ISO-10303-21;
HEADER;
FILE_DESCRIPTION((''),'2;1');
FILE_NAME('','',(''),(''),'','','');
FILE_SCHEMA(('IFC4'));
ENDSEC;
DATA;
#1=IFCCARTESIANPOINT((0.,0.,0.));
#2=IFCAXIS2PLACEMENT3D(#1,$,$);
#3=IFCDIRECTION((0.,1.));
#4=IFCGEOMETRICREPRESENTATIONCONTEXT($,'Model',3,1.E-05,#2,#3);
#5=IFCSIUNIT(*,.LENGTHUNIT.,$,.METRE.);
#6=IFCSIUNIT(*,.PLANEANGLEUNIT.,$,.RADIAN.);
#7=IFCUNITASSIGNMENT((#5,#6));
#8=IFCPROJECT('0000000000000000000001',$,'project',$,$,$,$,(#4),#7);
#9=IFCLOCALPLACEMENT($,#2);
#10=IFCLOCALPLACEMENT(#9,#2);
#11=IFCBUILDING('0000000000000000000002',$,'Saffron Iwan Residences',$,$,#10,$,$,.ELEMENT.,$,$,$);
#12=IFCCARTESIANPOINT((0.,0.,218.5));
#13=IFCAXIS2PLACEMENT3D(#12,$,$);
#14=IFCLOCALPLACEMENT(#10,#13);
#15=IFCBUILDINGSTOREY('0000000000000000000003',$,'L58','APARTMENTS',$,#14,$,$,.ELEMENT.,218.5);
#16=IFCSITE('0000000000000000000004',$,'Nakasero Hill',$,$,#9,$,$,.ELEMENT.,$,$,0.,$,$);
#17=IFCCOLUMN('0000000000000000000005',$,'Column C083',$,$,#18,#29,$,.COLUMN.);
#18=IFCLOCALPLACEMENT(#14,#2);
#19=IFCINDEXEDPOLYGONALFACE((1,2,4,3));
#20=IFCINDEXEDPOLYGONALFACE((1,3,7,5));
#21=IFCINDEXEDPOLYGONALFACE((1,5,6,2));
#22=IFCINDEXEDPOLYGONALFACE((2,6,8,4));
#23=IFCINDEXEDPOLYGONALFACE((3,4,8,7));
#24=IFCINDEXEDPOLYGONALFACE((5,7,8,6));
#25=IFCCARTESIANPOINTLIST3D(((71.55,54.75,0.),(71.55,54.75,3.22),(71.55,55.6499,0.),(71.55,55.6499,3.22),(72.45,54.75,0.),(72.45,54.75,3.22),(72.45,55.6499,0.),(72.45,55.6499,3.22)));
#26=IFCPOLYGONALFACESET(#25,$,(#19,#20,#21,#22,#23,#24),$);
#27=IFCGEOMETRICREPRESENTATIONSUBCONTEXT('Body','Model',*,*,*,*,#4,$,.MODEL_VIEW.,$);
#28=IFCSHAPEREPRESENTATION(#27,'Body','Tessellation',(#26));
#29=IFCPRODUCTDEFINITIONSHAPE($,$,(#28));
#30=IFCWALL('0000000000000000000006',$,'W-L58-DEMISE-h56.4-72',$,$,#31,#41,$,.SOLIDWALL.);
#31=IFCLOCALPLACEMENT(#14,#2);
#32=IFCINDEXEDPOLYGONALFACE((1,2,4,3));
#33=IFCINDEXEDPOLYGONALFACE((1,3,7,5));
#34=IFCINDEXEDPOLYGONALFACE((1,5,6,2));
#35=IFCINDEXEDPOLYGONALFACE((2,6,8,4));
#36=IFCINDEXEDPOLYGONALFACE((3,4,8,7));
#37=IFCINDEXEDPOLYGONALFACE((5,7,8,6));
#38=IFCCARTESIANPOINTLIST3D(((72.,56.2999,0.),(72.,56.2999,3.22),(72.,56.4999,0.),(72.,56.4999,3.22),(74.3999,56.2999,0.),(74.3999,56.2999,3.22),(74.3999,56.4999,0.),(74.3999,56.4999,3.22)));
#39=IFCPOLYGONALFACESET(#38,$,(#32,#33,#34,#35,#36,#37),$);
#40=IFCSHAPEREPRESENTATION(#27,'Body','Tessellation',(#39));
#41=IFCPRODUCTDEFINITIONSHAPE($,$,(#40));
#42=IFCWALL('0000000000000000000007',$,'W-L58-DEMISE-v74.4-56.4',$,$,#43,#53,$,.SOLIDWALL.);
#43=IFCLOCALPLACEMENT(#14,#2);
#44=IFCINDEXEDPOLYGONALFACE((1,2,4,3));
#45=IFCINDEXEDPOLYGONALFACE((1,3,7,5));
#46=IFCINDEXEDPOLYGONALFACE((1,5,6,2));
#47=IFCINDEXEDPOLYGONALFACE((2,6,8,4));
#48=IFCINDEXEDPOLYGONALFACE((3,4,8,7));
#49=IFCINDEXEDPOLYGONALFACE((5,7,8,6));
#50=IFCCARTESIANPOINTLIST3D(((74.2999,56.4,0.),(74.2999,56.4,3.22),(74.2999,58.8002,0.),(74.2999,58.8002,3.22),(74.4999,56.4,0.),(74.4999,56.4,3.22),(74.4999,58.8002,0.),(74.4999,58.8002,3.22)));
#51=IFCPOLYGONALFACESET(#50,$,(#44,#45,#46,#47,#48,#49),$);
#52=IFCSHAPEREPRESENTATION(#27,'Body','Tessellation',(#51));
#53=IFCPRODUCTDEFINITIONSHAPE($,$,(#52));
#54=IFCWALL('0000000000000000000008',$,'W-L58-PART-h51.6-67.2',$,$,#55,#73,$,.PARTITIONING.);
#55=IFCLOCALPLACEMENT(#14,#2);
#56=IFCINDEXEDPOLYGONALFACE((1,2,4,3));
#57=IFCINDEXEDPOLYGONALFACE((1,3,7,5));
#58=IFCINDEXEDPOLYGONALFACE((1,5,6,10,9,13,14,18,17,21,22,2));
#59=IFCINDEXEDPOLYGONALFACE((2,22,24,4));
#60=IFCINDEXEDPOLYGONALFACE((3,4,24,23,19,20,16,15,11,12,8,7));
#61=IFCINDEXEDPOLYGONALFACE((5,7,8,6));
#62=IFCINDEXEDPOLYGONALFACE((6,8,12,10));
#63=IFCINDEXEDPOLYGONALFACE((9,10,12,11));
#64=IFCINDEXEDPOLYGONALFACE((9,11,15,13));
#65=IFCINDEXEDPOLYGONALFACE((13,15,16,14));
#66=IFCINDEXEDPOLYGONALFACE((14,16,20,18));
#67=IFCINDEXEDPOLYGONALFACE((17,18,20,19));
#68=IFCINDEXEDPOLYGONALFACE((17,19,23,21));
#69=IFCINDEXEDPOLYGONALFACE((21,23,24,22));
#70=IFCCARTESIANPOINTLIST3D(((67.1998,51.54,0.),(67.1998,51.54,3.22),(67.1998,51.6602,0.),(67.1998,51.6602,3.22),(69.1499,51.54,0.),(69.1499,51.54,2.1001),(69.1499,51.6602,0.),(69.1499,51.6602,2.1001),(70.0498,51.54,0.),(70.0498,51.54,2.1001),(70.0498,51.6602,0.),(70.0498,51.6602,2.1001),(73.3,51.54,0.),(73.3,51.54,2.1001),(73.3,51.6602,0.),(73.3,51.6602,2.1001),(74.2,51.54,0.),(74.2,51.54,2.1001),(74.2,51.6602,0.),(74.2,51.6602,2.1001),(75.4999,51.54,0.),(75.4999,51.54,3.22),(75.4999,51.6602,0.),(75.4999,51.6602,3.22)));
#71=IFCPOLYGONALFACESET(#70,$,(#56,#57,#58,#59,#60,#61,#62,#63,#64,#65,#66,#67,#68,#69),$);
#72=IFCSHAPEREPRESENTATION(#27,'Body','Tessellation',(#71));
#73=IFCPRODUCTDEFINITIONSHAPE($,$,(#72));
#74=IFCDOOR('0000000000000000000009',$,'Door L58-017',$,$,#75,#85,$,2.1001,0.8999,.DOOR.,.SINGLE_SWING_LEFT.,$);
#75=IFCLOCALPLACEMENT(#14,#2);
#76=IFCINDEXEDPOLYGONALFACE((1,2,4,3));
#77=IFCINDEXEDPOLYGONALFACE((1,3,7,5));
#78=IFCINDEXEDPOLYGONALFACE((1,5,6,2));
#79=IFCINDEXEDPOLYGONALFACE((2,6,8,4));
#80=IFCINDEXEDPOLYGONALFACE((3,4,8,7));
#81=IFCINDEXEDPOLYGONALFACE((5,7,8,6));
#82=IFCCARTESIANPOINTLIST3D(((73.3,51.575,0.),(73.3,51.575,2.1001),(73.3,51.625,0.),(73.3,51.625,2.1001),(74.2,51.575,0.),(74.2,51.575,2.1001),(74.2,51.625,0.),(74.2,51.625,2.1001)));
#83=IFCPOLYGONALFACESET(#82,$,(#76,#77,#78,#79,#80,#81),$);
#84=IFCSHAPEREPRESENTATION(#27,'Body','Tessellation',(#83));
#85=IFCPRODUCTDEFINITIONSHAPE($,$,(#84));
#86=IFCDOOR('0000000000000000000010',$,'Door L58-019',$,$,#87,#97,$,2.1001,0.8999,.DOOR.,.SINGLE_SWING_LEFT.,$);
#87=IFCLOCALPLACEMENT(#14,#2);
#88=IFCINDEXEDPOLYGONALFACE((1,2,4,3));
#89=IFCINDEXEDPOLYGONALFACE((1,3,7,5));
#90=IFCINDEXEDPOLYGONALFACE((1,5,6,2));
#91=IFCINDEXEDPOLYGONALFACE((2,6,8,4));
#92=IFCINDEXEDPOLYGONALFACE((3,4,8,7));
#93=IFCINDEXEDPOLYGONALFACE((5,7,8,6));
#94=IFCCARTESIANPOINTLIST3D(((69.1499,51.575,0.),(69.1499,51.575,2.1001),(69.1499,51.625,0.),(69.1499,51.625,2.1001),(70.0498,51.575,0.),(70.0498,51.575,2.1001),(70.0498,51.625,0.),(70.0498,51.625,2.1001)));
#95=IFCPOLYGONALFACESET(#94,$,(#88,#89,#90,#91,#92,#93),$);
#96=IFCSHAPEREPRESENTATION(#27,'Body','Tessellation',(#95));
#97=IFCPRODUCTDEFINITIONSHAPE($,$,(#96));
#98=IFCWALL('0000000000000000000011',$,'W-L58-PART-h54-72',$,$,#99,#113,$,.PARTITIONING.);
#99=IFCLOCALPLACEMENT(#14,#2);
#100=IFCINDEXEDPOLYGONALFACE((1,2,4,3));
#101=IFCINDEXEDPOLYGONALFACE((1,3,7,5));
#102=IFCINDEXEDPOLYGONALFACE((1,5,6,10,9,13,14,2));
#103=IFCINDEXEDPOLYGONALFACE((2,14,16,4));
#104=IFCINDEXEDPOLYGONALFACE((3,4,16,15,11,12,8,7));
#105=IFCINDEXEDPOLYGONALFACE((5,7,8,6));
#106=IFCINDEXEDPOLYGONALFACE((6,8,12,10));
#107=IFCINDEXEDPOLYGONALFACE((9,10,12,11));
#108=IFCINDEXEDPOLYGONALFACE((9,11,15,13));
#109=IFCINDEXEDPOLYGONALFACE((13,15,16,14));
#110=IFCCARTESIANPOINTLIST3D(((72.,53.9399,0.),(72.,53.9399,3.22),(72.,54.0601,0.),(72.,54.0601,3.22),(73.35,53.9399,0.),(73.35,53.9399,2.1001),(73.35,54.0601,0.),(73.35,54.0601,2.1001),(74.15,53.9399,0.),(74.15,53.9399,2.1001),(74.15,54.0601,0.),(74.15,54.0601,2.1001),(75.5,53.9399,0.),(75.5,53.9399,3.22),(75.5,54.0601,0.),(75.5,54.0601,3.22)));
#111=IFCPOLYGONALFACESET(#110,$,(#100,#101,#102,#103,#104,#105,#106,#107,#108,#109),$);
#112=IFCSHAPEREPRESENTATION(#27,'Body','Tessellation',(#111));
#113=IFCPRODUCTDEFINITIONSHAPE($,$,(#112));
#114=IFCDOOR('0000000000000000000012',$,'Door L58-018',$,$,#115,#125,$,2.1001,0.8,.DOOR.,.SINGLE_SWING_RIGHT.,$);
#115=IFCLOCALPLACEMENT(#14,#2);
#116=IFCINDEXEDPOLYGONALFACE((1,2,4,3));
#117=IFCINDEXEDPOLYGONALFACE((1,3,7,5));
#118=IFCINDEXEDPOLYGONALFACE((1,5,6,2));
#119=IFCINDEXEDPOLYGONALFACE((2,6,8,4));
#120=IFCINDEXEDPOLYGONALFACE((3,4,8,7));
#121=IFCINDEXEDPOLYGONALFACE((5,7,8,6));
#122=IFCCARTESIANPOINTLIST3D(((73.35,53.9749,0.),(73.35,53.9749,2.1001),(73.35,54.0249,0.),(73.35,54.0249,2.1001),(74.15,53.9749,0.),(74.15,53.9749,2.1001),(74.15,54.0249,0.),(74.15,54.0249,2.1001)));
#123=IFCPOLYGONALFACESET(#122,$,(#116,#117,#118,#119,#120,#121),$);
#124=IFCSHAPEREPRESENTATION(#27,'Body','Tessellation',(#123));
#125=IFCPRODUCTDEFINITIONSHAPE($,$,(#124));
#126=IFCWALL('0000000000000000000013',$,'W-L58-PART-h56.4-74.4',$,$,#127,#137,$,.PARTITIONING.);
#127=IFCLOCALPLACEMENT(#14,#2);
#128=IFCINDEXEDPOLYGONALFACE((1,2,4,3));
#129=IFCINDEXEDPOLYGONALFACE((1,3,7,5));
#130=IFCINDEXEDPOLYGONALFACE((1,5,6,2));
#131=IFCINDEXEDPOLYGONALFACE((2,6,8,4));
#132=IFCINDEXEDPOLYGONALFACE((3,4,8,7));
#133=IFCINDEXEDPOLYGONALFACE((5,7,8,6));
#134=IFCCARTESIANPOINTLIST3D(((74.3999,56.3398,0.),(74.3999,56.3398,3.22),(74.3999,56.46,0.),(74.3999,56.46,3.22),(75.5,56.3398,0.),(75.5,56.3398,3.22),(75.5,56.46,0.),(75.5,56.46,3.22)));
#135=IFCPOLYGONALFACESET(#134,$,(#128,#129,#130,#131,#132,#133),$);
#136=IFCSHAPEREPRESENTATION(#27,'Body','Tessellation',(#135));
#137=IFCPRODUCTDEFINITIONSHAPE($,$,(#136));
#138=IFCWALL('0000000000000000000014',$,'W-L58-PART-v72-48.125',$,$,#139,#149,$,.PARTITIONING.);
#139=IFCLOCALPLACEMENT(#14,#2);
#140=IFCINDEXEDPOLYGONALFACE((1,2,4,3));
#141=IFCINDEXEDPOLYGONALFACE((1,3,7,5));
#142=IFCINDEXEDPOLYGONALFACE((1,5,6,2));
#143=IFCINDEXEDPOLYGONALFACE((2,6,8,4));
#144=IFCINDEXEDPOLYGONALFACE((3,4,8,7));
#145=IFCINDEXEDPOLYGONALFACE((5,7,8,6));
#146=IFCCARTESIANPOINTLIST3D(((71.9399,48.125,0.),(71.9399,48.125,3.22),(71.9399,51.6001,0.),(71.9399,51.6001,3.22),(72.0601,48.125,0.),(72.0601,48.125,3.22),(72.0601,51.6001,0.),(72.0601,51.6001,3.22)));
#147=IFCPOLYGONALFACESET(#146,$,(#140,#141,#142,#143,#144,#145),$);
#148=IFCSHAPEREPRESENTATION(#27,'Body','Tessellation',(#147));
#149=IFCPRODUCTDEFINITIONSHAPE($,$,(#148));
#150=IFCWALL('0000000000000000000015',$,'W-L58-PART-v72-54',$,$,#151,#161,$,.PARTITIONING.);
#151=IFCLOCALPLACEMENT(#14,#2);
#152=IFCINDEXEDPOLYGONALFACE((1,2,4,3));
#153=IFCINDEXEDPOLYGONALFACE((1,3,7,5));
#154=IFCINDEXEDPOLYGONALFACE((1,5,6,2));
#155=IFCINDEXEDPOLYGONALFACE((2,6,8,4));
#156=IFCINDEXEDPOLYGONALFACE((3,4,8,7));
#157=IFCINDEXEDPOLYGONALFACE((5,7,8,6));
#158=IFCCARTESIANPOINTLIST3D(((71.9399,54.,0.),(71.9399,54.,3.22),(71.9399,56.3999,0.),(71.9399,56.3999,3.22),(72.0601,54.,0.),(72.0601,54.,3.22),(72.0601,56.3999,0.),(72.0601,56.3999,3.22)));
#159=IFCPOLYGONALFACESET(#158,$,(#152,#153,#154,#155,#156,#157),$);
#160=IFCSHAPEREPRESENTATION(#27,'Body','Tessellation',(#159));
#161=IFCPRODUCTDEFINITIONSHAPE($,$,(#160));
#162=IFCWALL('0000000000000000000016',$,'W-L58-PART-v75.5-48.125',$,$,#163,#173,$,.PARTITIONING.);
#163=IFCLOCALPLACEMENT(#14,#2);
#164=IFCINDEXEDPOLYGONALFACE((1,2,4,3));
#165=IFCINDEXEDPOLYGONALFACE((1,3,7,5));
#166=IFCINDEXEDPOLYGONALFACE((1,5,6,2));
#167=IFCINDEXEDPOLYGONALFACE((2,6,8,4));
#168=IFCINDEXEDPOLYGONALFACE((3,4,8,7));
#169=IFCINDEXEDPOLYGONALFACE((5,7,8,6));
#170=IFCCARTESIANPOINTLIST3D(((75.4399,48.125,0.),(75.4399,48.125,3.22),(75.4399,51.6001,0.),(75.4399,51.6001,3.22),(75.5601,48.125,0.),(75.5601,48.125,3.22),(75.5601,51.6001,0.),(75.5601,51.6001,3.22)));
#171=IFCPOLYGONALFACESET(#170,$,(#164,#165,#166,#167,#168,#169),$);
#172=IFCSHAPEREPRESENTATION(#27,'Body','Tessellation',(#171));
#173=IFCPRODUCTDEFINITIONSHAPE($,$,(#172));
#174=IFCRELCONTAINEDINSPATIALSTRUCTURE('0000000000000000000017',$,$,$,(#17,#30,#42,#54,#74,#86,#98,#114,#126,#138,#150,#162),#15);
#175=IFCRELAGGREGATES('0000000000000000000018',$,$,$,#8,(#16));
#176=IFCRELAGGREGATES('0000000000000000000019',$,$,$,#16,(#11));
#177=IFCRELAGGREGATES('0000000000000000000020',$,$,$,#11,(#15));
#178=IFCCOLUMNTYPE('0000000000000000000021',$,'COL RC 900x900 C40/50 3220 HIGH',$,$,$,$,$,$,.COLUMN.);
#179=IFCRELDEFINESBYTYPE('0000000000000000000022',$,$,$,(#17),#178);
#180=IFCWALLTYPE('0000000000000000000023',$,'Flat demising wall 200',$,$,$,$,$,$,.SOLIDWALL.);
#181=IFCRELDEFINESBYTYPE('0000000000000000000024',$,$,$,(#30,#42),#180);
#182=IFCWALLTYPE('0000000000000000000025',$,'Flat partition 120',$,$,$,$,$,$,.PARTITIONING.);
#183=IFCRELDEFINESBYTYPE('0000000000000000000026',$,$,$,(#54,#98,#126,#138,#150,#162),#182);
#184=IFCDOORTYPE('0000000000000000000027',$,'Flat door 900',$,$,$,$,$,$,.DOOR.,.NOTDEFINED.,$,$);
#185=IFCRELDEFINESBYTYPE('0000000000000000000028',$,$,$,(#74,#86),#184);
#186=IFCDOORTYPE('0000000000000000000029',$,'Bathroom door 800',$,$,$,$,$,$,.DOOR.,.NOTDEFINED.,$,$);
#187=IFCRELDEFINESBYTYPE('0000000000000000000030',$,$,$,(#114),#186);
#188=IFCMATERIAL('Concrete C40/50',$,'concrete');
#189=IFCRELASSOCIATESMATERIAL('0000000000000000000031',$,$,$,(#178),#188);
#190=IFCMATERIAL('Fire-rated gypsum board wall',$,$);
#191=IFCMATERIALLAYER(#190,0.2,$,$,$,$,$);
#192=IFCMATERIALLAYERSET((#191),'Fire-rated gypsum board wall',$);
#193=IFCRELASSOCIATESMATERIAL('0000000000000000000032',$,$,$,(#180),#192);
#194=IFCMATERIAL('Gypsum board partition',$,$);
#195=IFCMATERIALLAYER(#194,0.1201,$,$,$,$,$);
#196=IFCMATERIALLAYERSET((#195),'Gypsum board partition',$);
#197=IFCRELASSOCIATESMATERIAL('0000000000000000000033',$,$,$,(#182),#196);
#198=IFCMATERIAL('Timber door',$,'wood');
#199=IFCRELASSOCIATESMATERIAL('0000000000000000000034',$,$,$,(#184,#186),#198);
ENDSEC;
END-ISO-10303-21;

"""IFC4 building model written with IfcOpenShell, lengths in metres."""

from ifc_helpers import new_model, si_unit, direction, frame, frame_2d, origin, origin_2d, place, context, subcontext, project, spatial, rectangle, extrude, source, transform, mapped, material, layer, layer_set, material_profile, profile_set, type_object, element, fill, save


model = new_model("IFC4")

# Units and contexts
model_context = context("Model", 3, precision=1e-05, world=origin(), true_north=direction((0.0, 1.0)))
body_context = subcontext(model_context, "Body", "Model", "MODEL_VIEW")
ifc_project = project(units=[si_unit("LENGTHUNIT", "METRE"), si_unit("PLANEANGLEUNIT", "RADIAN")], contexts=[model_context])

# Site, building, storey
site_placement = place(None, origin())
site = spatial("IfcSite", under=ifc_project, at=site_placement, Name="Nakasero Hill", CompositionType="ELEMENT", RefElevation=0.0)
building_placement = place(site_placement, origin())
building = spatial("IfcBuilding", under=site, at=building_placement, Name="Saffron Iwan Residences", CompositionType="ELEMENT")
storey_placement = place(building_placement, frame((0.0, 0.0, 218.5)))
storey = spatial("IfcBuildingStorey", under=building, at=storey_placement, Name="L58", Description="APARTMENTS", CompositionType="ELEMENT", Elevation=218.5)

# Column
ifc_material_1 = material(Name="Concrete C40/50", Category="concrete")
ifc_material_profile = material_profile(ifc_material_1, rectangle(XDim=0.8999, YDim=0.8999, at=origin_2d()), Name="RC 900x900")
ifc_profile_set = profile_set([ifc_material_profile], Name="Concrete C40/50")
column_type = type_object("IfcColumnType", Name="COL RC 900x900 C40/50 3220 HIGH", PredefinedType="COLUMN", material=ifc_profile_set)
shared_shape = source(origin(), body_context, "Body", "SweptSolid", [
    extrude(rectangle(XDim=0.8999, YDim=0.8999, at=origin_2d()), origin(), (0.0, 0.0, 1.0), 3.22),
])
column_placement = place(storey_placement, frame((72.0, 55.2, 0.0), z_axis=(0.0, 0.0, 1.0), x_axis=(1.0, 0.0, 0.0)))
element("IfcColumn", 1, at=column_placement, inside=storey, type_object=column_type, Name="Column C083", PredefinedType="COLUMN", context=body_context, shape_type="MappedRepresentation", body=[
    mapped(shared_shape, transform((0.0, 0.0, 0.0))),
])

# Walls
ifc_material_2 = material(Name="Fire-rated gypsum board wall")
ifc_layer_1 = layer(ifc_material_2, 0.2)
ifc_layer_set_1 = layer_set([ifc_layer_1], Name="Fire-rated gypsum board wall")
wall_type_1 = type_object("IfcWallType", Name="Flat demising wall 200", PredefinedType="SOLIDWALL", material=ifc_layer_set_1)
wall_1_placement = place(storey_placement, frame((72.0, 56.3999, 0.0), z_axis=(0.0, 0.0, 1.0), x_axis=(1.0, 0.0, 0.0)))
element("IfcWall", 2, at=wall_1_placement, inside=storey, type_object=wall_type_1, Name="W-L58-DEMISE-h56.4-72", PredefinedType="SOLIDWALL", context=body_context, shape_type="SweptSolid", body=[
    extrude(rectangle(XDim=2.3999, YDim=0.2, at=frame_2d((1.2, 0.0))), origin(), (0.0, 0.0, 1.0), 3.22),
])
wall_2_placement = place(storey_placement, frame((74.3999, 56.3999, 0.0), z_axis=(0.0, 0.0, 1.0), x_axis=(0.0, 1.0, 0.0)))
element("IfcWall", 3, at=wall_2_placement, inside=storey, type_object=wall_type_1, Name="W-L58-DEMISE-v74.4-56.4", PredefinedType="SOLIDWALL", context=body_context, shape_type="SweptSolid", body=[
    extrude(rectangle(XDim=2.4001, YDim=0.2, at=frame_2d((1.2002, 0.0))), origin(), (0.0, 0.0, 1.0), 3.22),
])

# Wall, openings, doors
ifc_material_3 = material(Name="Gypsum board partition")
ifc_layer_2 = layer(ifc_material_3, 0.1201)
ifc_layer_set_2 = layer_set([ifc_layer_2], Name="Gypsum board partition")
wall_type_2 = type_object("IfcWallType", Name="Flat partition 120", PredefinedType="PARTITIONING", material=ifc_layer_set_2)
wall_3_placement = place(storey_placement, frame((67.2, 51.6001, 0.0), z_axis=(0.0, 0.0, 1.0), x_axis=(1.0, 0.0, 0.0)))
wall_3 = element("IfcWall", 4, at=wall_3_placement, inside=storey, type_object=wall_type_2, Name="W-L58-PART-h51.6-67.2", PredefinedType="PARTITIONING", context=body_context, shape_type="SweptSolid", body=[
    extrude(rectangle(XDim=8.3, YDim=0.1201, at=frame_2d((4.1499, 0.0))), origin(), (0.0, 0.0, 1.0), 3.22),
])
opening_1_placement = place(wall_3_placement, frame((6.1001, 0.0, 0.0)))
opening_1 = element("IfcOpeningElement", 5, at=opening_1_placement, cuts=wall_3, PredefinedType="OPENING", context=body_context, shape_type="SweptSolid", body=[
    extrude(rectangle(XDim=0.8999, YDim=2.1001, at=frame_2d((0.45, 1.05))), frame((0.0, 0.0701, 0.0), z_axis=(0.0, -1.0, 0.0), x_axis=(1.0, 0.0, 0.0)), (0.0, 0.0, 1.0), 0.1401),
])
opening_2_placement = place(wall_3_placement, frame((1.95, 0.0, 0.0)))
opening_2 = element("IfcOpeningElement", 6, at=opening_2_placement, cuts=wall_3, PredefinedType="OPENING", context=body_context, shape_type="SweptSolid", body=[
    extrude(rectangle(XDim=0.8999, YDim=2.1001, at=frame_2d((0.45, 1.05))), frame((0.0, 0.0701, 0.0), z_axis=(0.0, -1.0, 0.0), x_axis=(1.0, 0.0, 0.0)), (0.0, 0.0, 1.0), 0.1401),
])
ifc_material_4 = material(Name="Timber door", Category="wood")
door_type_1 = type_object("IfcDoorType", Name="Flat door 900", OperationType="NOTDEFINED", PredefinedType="DOOR", material=ifc_material_4)
door_1_placement = place(opening_1_placement, origin())
door_1 = element("IfcDoor", 7, at=door_1_placement, inside=storey, type_object=door_type_1, Name="Door L58-017", OperationType="SINGLE_SWING_LEFT", OverallHeight=2.1001, OverallWidth=0.8999, PredefinedType="DOOR", context=body_context, shape_type="SweptSolid", body=[
    extrude(rectangle(XDim=0.8999, YDim=2.1001, at=frame_2d((0.45, 1.05))), frame((0.0, 0.0249, 0.0), z_axis=(0.0, -1.0, 0.0), x_axis=(1.0, 0.0, 0.0)), (0.0, 0.0, 1.0), 0.05),
])
fill(opening_1, door_1)
door_2_placement = place(opening_2_placement, origin())
door_2 = element("IfcDoor", 8, at=door_2_placement, inside=storey, type_object=door_type_1, Name="Door L58-019", OperationType="SINGLE_SWING_LEFT", OverallHeight=2.1001, OverallWidth=0.8999, PredefinedType="DOOR", context=body_context, shape_type="SweptSolid", body=[
    extrude(rectangle(XDim=0.8999, YDim=2.1001, at=frame_2d((0.45, 1.05))), frame((0.0, 0.0249, 0.0), z_axis=(0.0, -1.0, 0.0), x_axis=(1.0, 0.0, 0.0)), (0.0, 0.0, 1.0), 0.05),
])
fill(opening_2, door_2)

# Wall, opening, door
wall_4_placement = place(storey_placement, frame((72.0, 54.0, 0.0), z_axis=(0.0, 0.0, 1.0), x_axis=(1.0, 0.0, 0.0)))
wall_4 = element("IfcWall", 9, at=wall_4_placement, inside=storey, type_object=wall_type_2, Name="W-L58-PART-h54-72", PredefinedType="PARTITIONING", context=body_context, shape_type="SweptSolid", body=[
    extrude(rectangle(XDim=3.5, YDim=0.1201, at=frame_2d((1.75, 0.0))), origin(), (0.0, 0.0, 1.0), 3.22),
])
opening_3_placement = place(wall_4_placement, frame((1.3501, 0.0, 0.0)))
opening_3 = element("IfcOpeningElement", 10, at=opening_3_placement, cuts=wall_4, PredefinedType="OPENING", context=body_context, shape_type="SweptSolid", body=[
    extrude(rectangle(XDim=0.8, YDim=2.1001, at=frame_2d((0.3999, 1.05))), frame((0.0, 0.0701, 0.0), z_axis=(0.0, -1.0, 0.0), x_axis=(1.0, 0.0, 0.0)), (0.0, 0.0, 1.0), 0.1401),
])
door_type_2 = type_object("IfcDoorType", Name="Bathroom door 800", OperationType="NOTDEFINED", PredefinedType="DOOR", material=ifc_material_4)
door_3_placement = place(opening_3_placement, origin())
door_3 = element("IfcDoor", 11, at=door_3_placement, inside=storey, type_object=door_type_2, Name="Door L58-018", OperationType="SINGLE_SWING_RIGHT", OverallHeight=2.1001, OverallWidth=0.8, PredefinedType="DOOR", context=body_context, shape_type="SweptSolid", body=[
    extrude(rectangle(XDim=0.8, YDim=2.1001, at=frame_2d((0.3999, 1.05))), frame((0.0, 0.0249, 0.0), z_axis=(0.0, -1.0, 0.0), x_axis=(1.0, 0.0, 0.0)), (0.0, 0.0, 1.0), 0.05),
])
fill(opening_3, door_3)

# Walls
wall_5_placement = place(storey_placement, frame((74.3999, 56.3999, 0.0), z_axis=(0.0, 0.0, 1.0), x_axis=(1.0, 0.0, 0.0)))
element("IfcWall", 12, at=wall_5_placement, inside=storey, type_object=wall_type_2, Name="W-L58-PART-h56.4-74.4", PredefinedType="PARTITIONING", context=body_context, shape_type="SweptSolid", body=[
    extrude(rectangle(XDim=1.1001, YDim=0.1201, at=frame_2d((0.55, 0.0))), origin(), (0.0, 0.0, 1.0), 3.22),
])
wall_6_placement = place(storey_placement, frame((72.0, 48.125, 0.0), z_axis=(0.0, 0.0, 1.0), x_axis=(0.0, 1.0, 0.0)))
element("IfcWall", 13, at=wall_6_placement, inside=storey, type_object=wall_type_2, Name="W-L58-PART-v72-48.125", PredefinedType="PARTITIONING", context=body_context, shape_type="SweptSolid", body=[
    extrude(rectangle(XDim=3.4751, YDim=0.1201, at=frame_2d((1.7375, 0.0))), origin(), (0.0, 0.0, 1.0), 3.22),
])
wall_7_placement = place(storey_placement, frame((72.0, 54.0, 0.0), z_axis=(0.0, 0.0, 1.0), x_axis=(0.0, 1.0, 0.0)))
element("IfcWall", 14, at=wall_7_placement, inside=storey, type_object=wall_type_2, Name="W-L58-PART-v72-54", PredefinedType="PARTITIONING", context=body_context, shape_type="SweptSolid", body=[
    extrude(rectangle(XDim=2.3999, YDim=0.1201, at=frame_2d((1.2, 0.0))), origin(), (0.0, 0.0, 1.0), 3.22),
])
wall_8_placement = place(storey_placement, frame((75.5, 48.125, 0.0), z_axis=(0.0, 0.0, 1.0), x_axis=(0.0, 1.0, 0.0)))
element("IfcWall", 15, at=wall_8_placement, inside=storey, type_object=wall_type_2, Name="W-L58-PART-v75.5-48.125", PredefinedType="PARTITIONING", context=body_context, shape_type="SweptSolid", body=[
    extrude(rectangle(XDim=3.4751, YDim=0.1201, at=frame_2d((1.7375, 0.0))), origin(), (0.0, 0.0, 1.0), 3.22),
])

save(model, "model.ifc")
